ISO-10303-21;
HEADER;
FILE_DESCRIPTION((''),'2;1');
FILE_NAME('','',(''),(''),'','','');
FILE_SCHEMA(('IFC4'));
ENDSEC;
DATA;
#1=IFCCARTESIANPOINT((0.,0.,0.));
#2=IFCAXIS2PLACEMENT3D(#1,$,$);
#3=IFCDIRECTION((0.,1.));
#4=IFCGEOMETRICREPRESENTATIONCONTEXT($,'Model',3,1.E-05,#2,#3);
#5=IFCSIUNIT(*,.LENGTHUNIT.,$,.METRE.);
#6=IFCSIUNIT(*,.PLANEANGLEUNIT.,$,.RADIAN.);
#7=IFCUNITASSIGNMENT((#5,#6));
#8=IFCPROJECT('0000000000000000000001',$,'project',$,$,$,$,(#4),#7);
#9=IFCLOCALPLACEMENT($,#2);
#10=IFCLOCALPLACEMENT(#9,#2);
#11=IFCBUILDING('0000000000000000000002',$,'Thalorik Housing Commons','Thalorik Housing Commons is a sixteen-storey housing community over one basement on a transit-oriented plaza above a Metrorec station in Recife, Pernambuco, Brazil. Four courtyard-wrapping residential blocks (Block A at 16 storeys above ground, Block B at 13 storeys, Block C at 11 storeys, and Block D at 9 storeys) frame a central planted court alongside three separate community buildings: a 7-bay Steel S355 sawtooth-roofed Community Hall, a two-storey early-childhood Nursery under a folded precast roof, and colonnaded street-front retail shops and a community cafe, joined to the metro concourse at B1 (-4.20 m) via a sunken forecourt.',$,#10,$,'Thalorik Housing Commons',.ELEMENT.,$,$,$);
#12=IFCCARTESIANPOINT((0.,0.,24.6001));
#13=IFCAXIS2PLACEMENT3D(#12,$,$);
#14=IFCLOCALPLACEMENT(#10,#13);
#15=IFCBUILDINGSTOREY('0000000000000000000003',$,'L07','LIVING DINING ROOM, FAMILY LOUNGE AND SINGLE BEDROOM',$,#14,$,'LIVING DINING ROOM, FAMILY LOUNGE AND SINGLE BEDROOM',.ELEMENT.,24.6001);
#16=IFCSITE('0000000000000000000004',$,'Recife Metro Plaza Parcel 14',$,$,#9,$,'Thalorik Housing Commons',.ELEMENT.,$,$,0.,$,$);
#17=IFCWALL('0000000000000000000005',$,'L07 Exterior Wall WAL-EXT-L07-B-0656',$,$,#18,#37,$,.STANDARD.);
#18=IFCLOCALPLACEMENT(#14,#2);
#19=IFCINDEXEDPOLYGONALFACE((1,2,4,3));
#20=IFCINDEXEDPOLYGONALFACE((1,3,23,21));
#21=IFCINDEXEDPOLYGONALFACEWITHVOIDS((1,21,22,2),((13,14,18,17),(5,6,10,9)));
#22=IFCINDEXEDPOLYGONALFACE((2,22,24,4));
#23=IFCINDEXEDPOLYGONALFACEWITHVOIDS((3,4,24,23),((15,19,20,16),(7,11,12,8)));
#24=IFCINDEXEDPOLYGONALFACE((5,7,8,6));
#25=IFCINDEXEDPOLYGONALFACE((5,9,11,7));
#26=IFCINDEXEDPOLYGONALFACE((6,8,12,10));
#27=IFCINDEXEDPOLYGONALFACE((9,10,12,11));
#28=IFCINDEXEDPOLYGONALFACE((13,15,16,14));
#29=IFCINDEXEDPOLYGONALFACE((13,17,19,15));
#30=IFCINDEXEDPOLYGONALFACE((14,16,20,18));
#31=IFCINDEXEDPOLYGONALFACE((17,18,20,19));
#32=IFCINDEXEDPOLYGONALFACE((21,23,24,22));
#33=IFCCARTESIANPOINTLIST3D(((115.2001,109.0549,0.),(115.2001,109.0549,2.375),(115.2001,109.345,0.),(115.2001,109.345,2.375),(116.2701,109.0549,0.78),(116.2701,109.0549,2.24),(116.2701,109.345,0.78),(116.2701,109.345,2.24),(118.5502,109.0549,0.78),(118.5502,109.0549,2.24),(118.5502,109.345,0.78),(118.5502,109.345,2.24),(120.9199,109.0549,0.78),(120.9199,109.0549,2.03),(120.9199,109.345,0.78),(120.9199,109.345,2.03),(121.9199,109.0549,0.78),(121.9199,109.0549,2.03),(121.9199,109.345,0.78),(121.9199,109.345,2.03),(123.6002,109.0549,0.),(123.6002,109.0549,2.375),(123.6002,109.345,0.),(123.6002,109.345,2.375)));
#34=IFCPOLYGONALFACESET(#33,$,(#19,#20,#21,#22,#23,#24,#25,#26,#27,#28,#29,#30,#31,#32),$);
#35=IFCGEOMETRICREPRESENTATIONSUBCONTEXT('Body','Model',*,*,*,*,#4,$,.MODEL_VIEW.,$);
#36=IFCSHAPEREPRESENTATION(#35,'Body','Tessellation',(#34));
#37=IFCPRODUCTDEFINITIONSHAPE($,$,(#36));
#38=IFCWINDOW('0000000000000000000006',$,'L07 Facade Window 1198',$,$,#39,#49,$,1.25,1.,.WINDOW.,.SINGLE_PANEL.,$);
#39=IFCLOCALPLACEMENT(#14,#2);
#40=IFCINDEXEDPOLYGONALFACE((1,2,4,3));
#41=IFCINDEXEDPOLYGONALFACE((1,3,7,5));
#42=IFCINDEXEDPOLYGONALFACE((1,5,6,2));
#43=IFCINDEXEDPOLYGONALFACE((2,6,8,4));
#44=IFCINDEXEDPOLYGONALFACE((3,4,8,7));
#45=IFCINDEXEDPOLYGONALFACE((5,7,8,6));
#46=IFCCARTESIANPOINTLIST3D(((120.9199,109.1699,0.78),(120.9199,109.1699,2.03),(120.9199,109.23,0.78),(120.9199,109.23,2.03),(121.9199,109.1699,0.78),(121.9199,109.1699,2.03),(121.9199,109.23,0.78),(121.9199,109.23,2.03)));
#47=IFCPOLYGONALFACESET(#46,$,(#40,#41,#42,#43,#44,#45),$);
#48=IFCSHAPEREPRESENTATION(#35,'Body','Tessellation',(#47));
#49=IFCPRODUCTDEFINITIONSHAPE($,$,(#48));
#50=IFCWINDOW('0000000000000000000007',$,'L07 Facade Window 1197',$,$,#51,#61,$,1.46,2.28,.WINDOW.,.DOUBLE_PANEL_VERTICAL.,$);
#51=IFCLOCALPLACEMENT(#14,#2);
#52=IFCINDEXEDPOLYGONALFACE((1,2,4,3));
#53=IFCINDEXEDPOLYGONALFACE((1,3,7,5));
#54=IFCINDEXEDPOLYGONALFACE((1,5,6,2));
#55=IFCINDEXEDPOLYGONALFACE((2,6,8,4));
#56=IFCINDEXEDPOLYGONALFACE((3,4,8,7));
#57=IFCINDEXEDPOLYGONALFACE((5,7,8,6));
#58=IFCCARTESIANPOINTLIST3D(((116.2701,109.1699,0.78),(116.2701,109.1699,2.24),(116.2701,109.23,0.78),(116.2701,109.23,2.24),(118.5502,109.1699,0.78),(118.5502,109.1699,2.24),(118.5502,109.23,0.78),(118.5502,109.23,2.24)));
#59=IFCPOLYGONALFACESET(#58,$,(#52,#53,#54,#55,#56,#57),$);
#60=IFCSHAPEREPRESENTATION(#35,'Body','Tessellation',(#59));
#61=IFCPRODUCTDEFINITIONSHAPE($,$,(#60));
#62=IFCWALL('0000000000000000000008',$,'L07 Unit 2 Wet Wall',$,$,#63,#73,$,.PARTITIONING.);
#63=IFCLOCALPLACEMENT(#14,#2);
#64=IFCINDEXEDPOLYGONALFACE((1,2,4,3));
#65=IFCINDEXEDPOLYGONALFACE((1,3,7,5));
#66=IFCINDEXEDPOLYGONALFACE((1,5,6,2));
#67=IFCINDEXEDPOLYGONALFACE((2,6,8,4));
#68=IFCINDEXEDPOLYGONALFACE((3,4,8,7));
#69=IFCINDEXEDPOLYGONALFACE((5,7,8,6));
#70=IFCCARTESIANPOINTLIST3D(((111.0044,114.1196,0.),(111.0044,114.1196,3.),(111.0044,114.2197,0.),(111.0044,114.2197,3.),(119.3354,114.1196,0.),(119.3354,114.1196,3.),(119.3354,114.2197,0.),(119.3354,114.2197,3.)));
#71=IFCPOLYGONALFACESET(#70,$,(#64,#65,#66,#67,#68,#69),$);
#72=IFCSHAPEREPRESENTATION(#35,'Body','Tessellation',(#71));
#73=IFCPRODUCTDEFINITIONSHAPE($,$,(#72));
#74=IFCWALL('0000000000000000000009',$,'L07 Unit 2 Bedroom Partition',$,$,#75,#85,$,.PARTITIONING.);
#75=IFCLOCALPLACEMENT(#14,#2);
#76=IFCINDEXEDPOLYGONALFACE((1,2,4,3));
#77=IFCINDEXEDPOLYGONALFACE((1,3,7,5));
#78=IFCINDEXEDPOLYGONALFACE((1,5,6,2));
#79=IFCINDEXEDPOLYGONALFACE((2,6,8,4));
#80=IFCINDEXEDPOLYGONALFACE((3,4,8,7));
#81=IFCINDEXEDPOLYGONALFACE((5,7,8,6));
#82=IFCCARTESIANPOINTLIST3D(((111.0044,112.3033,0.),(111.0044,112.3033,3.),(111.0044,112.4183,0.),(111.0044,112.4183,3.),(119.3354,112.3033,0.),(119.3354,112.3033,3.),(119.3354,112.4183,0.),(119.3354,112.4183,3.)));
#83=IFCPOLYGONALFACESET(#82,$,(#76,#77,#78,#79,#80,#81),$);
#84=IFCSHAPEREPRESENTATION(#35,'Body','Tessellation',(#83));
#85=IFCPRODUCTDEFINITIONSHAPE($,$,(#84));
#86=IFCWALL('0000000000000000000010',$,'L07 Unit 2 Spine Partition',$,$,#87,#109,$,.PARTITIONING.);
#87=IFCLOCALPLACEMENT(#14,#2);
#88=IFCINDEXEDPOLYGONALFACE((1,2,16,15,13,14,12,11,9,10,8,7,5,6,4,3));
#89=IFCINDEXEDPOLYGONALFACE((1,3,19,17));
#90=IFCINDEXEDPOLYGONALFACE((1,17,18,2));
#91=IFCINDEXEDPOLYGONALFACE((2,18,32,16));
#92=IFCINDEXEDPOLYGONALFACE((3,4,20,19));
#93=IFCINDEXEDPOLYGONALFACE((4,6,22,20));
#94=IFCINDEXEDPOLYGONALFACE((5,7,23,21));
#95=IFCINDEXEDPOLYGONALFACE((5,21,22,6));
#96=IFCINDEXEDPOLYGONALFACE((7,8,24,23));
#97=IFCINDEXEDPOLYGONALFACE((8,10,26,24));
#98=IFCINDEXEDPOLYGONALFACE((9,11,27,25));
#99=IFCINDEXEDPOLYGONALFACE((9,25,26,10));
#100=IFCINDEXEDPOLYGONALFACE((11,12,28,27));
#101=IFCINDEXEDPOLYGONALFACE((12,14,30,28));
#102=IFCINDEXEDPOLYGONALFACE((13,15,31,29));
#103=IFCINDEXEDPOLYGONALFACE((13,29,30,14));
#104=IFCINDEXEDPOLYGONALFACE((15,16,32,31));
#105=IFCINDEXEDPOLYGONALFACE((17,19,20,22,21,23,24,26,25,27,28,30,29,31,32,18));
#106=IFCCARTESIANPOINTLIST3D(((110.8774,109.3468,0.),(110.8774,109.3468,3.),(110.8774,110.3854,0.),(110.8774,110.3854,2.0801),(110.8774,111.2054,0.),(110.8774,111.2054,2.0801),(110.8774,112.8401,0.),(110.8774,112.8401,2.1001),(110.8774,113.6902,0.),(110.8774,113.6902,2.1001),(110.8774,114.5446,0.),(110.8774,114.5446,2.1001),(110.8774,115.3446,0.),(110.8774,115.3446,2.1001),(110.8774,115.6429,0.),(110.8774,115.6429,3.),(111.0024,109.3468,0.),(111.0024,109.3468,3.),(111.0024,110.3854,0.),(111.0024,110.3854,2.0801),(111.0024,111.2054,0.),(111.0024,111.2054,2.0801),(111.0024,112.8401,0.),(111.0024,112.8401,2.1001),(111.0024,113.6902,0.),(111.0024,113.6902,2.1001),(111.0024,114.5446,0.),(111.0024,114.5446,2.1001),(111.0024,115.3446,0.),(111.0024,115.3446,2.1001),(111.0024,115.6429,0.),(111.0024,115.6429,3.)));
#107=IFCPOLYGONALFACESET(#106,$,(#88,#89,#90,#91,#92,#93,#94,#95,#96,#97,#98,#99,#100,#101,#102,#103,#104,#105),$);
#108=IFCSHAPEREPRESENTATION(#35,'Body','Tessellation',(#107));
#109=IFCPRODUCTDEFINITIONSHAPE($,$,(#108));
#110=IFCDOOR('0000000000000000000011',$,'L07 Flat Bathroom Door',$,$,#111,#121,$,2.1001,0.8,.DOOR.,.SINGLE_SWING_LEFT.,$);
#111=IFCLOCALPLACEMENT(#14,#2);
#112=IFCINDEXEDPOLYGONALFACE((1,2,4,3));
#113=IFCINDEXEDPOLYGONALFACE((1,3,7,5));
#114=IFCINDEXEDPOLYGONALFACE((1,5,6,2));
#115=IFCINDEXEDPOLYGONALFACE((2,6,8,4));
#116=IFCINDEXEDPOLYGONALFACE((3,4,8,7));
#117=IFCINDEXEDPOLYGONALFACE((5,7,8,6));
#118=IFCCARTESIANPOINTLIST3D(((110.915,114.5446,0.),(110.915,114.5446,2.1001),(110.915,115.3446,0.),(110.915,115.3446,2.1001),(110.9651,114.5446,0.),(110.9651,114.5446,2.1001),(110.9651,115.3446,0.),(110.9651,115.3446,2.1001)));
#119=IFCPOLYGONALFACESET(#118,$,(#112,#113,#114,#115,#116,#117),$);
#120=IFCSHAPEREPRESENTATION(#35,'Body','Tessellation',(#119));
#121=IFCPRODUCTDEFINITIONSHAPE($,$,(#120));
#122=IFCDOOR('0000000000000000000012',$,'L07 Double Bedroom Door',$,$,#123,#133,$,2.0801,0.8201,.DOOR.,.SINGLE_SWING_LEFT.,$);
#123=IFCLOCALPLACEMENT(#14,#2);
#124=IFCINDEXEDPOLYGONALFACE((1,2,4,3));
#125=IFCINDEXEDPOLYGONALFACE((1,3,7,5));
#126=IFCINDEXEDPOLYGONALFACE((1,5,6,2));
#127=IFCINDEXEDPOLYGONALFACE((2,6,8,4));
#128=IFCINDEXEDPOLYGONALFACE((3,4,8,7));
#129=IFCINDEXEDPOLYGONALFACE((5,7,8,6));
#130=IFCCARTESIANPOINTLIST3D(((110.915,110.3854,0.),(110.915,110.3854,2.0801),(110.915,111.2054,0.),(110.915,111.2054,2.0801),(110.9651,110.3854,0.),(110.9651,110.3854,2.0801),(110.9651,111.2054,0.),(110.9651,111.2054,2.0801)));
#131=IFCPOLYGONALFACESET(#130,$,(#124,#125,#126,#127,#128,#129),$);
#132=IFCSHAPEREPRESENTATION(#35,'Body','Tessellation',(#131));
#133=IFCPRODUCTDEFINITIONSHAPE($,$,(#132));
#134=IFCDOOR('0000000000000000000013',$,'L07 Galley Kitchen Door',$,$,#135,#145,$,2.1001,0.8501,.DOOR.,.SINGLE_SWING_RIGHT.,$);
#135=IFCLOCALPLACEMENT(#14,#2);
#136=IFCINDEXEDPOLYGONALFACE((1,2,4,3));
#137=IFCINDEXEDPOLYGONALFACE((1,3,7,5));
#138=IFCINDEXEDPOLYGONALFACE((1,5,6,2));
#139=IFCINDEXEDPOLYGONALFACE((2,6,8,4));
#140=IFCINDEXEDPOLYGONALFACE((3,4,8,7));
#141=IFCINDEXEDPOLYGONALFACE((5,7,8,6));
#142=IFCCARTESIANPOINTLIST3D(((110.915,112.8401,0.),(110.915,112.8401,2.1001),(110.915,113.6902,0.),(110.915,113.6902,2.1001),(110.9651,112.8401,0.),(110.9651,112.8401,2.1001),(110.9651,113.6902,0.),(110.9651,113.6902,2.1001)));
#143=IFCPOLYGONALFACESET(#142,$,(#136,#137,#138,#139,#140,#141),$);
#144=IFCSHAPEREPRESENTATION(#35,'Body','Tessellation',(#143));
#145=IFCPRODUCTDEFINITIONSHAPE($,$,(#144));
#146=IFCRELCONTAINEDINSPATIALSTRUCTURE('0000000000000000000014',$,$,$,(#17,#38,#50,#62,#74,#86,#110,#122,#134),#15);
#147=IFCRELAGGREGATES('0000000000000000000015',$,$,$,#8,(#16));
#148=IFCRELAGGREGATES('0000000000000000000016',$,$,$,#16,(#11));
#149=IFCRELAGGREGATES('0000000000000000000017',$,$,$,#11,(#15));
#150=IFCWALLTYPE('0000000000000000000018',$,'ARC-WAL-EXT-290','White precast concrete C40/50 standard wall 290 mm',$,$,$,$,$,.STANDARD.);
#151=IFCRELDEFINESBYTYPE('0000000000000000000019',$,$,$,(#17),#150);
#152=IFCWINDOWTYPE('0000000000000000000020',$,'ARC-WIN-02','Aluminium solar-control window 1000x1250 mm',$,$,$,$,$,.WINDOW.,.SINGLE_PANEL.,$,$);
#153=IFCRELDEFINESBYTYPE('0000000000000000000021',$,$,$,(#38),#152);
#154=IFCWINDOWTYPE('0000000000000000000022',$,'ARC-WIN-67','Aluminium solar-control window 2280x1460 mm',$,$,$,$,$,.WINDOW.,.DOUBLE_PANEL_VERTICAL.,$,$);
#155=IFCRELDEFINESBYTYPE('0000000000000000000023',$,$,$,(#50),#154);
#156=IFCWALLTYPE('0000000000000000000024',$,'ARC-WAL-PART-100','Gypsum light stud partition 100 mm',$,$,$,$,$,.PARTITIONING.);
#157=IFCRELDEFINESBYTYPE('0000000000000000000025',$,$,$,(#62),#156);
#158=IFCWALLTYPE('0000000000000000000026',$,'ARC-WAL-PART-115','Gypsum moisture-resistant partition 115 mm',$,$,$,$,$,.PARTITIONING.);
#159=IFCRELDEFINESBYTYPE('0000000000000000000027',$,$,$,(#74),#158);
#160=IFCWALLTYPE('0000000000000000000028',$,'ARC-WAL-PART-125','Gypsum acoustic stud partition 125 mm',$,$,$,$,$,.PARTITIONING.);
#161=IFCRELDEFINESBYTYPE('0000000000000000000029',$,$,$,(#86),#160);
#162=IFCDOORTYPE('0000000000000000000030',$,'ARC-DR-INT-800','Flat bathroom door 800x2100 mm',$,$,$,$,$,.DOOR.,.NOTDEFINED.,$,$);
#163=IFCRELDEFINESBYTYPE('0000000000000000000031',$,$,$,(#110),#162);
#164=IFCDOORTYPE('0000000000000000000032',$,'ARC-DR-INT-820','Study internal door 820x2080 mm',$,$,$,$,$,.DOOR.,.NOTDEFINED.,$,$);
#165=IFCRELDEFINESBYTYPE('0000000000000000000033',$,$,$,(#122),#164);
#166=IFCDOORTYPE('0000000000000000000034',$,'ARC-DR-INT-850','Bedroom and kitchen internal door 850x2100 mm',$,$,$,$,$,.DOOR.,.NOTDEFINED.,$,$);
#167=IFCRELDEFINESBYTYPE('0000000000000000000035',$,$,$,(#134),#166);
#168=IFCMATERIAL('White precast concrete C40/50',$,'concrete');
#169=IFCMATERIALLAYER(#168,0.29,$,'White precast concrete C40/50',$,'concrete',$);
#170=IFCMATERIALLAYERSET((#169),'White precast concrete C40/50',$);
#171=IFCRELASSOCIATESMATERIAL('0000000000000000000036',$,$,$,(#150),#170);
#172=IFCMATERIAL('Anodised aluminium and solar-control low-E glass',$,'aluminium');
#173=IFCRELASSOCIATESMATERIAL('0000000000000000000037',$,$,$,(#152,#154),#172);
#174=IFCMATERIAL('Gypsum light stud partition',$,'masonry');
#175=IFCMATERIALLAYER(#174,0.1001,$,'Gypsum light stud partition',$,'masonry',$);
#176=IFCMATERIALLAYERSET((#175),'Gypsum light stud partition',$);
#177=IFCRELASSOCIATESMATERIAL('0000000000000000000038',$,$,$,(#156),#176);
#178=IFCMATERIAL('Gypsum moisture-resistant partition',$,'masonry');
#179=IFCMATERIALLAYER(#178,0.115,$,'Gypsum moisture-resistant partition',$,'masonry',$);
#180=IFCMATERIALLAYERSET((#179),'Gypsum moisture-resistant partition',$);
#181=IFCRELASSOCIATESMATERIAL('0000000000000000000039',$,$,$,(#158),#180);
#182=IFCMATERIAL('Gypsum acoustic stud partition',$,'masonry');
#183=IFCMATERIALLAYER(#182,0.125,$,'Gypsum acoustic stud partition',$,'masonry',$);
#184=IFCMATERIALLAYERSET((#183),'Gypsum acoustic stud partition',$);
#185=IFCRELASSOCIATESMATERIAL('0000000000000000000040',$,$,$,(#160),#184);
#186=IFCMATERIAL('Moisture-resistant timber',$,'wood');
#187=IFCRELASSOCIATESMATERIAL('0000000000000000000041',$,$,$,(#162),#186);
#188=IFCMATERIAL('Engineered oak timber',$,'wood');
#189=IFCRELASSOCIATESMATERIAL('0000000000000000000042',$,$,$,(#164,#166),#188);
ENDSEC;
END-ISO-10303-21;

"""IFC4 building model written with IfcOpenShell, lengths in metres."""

from ifc_helpers import new_model, si_unit, direction, frame, frame_2d, origin, place, context, subcontext, project, spatial, rectangle, extrude, material, layer, layer_set, type_object, element, fill, save


model = new_model("IFC4")

# Units and contexts
model_context = context("Model", 3, precision=1e-05, world=origin(), true_north=direction((0.0, 1.0)))
body_context = subcontext(model_context, "Body", "Model", "MODEL_VIEW")
ifc_project = project(units=[si_unit("LENGTHUNIT", "METRE"), si_unit("PLANEANGLEUNIT", "RADIAN")], contexts=[model_context])

# Site, building, storey
site_placement = place(None, origin())
site = spatial("IfcSite", under=ifc_project, at=site_placement, Name="Recife Metro Plaza Parcel 14", LongName="Thalorik Housing Commons", CompositionType="ELEMENT", RefElevation=0.0)
building_placement = place(site_placement, origin())
building = spatial("IfcBuilding", under=site, at=building_placement, Name="Thalorik Housing Commons", Description="Thalorik Housing Commons is a sixteen-storey housing community over one basement on a transit-oriented plaza above a Metrorec station in Recife, Pernambuco, Brazil. Four courtyard-wrapping residential blocks (Block A at 16 storeys above ground, Block B at 13 storeys, Block C at 11 storeys, and Block D at 9 storeys) frame a central planted court alongside three separate community buildings: a 7-bay Steel S355 sawtooth-roofed Community Hall, a two-storey early-childhood Nursery under a folded precast roof, and colonnaded street-front retail shops and a community cafe, joined to the metro concourse at B1 (-4.20 m) via a sunken forecourt.", LongName="Thalorik Housing Commons", CompositionType="ELEMENT")
storey_placement = place(building_placement, frame((0.0, 0.0, 24.6001)))
storey = spatial("IfcBuildingStorey", under=building, at=storey_placement, Name="L07", Description="LIVING DINING ROOM, FAMILY LOUNGE AND SINGLE BEDROOM", LongName="LIVING DINING ROOM, FAMILY LOUNGE AND SINGLE BEDROOM", CompositionType="ELEMENT", Elevation=24.6001)

# Wall, openings, windows
ifc_material_1 = material(Name="White precast concrete C40/50", Category="concrete")
ifc_layer_1 = layer(ifc_material_1, 0.29, Name="White precast concrete C40/50", Category="concrete")
ifc_layer_set_1 = layer_set([ifc_layer_1], Name="White precast concrete C40/50")
wall_type_1 = type_object("IfcWallType", Name="ARC-WAL-EXT-290", Description="White precast concrete C40/50 standard wall 290 mm", PredefinedType="STANDARD", material=ifc_layer_set_1)
ifc_material_2 = material(Name="Anodised aluminium and solar-control low-E glass", Category="aluminium")
wall_1_placement = place(storey_placement, frame((115.2, 109.2, 0.0), z_axis=(0.0, 0.0, 1.0), x_axis=(1.0, 0.0, 0.0)))
wall_1 = element("IfcWall", 1, at=wall_1_placement, inside=storey, type_object=wall_type_1, Name="L07 Exterior Wall WAL-EXT-L07-B-0656", PredefinedType="STANDARD", context=body_context, shape_type="SweptSolid", body=[
    extrude(rectangle(XDim=8.4001, YDim=0.29, at=frame_2d((4.2002, 0.0))), origin(), (0.0, 0.0, 1.0), 2.375),
])
opening_1_placement = place(wall_1_placement, frame((1.0701, 0.0, 0.78)))
opening_1 = element("IfcOpeningElement", 2, at=opening_1_placement, cuts=wall_1, PredefinedType="OPENING", context=body_context, shape_type="SweptSolid", body=[
    extrude(rectangle(XDim=2.28, YDim=1.46, at=frame_2d((1.1401, 0.73))), frame((0.0, 0.155, 0.0), z_axis=(0.0, -1.0, 0.0), x_axis=(1.0, 0.0, 0.0)), (0.0, 0.0, 1.0), 0.3101),
])
opening_2_placement = place(wall_1_placement, frame((5.72, 0.0, 0.78)))
opening_2 = element("IfcOpeningElement", 3, at=opening_2_placement, cuts=wall_1, PredefinedType="OPENING", context=body_context, shape_type="SweptSolid", body=[
    extrude(rectangle(XDim=1.0, YDim=1.25, at=frame_2d((0.5, 0.625))), frame((0.0, 0.155, 0.0), z_axis=(0.0, -1.0, 0.0), x_axis=(1.0, 0.0, 0.0)), (0.0, 0.0, 1.0), 0.3101),
])
window_type_1 = type_object("IfcWindowType", Name="ARC-WIN-02", Description="Aluminium solar-control window 1000x1250 mm", PartitioningType="SINGLE_PANEL", PredefinedType="WINDOW", material=ifc_material_2)
window_1_placement = place(opening_2_placement, origin())
window_1 = element("IfcWindow", 4, at=window_1_placement, inside=storey, type_object=window_type_1, Name="L07 Facade Window 1198", OverallHeight=1.25, OverallWidth=1.0, PartitioningType="SINGLE_PANEL", PredefinedType="WINDOW", context=body_context, shape_type="SweptSolid", body=[
    extrude(rectangle(XDim=1.0, YDim=1.25, at=frame_2d((0.5, 0.625))), frame((0.0, 0.03, 0.0), z_axis=(0.0, -1.0, 0.0), x_axis=(1.0, 0.0, 0.0)), (0.0, 0.0, 1.0), 0.0601),
])
fill(opening_2, window_1)
window_type_2 = type_object("IfcWindowType", Name="ARC-WIN-67", Description="Aluminium solar-control window 2280x1460 mm", PartitioningType="DOUBLE_PANEL_VERTICAL", PredefinedType="WINDOW", material=ifc_material_2)
window_2_placement = place(opening_1_placement, origin())
window_2 = element("IfcWindow", 5, at=window_2_placement, inside=storey, type_object=window_type_2, Name="L07 Facade Window 1197", OverallHeight=1.46, OverallWidth=2.28, PartitioningType="DOUBLE_PANEL_VERTICAL", PredefinedType="WINDOW", context=body_context, shape_type="SweptSolid", body=[
    extrude(rectangle(XDim=2.28, YDim=1.46, at=frame_2d((1.1401, 0.73))), frame((0.0, 0.03, 0.0), z_axis=(0.0, -1.0, 0.0), x_axis=(1.0, 0.0, 0.0)), (0.0, 0.0, 1.0), 0.0601),
])
fill(opening_1, window_2)

# Walls
ifc_material_3 = material(Name="Gypsum light stud partition", Category="masonry")
ifc_layer_2 = layer(ifc_material_3, 0.1001, Name="Gypsum light stud partition", Category="masonry")
ifc_layer_set_2 = layer_set([ifc_layer_2], Name="Gypsum light stud partition")
wall_type_2 = type_object("IfcWallType", Name="ARC-WAL-PART-100", Description="Gypsum light stud partition 100 mm", PredefinedType="PARTITIONING", material=ifc_layer_set_2)
wall_2_placement = place(storey_placement, frame((111.0044, 114.1697, 0.0), z_axis=(0.0, 0.0, 1.0), x_axis=(1.0, 0.0, 0.0)))
element("IfcWall", 6, at=wall_2_placement, inside=storey, type_object=wall_type_2, Name="L07 Unit 2 Wet Wall", PredefinedType="PARTITIONING", context=body_context, shape_type="SweptSolid", body=[
    extrude(rectangle(XDim=8.3311, YDim=0.1001, at=frame_2d((4.1655, 0.0))), origin(), (0.0, 0.0, 1.0), 3.0),
])
ifc_material_4 = material(Name="Gypsum moisture-resistant partition", Category="masonry")
ifc_layer_3 = layer(ifc_material_4, 0.115, Name="Gypsum moisture-resistant partition", Category="masonry")
ifc_layer_set_3 = layer_set([ifc_layer_3], Name="Gypsum moisture-resistant partition")
wall_type_3 = type_object("IfcWallType", Name="ARC-WAL-PART-115", Description="Gypsum moisture-resistant partition 115 mm", PredefinedType="PARTITIONING", material=ifc_layer_set_3)
wall_3_placement = place(storey_placement, frame((111.0044, 112.3608, 0.0), z_axis=(0.0, 0.0, 1.0), x_axis=(1.0, 0.0, 0.0)))
element("IfcWall", 7, at=wall_3_placement, inside=storey, type_object=wall_type_3, Name="L07 Unit 2 Bedroom Partition", PredefinedType="PARTITIONING", context=body_context, shape_type="SweptSolid", body=[
    extrude(rectangle(XDim=8.3311, YDim=0.115, at=frame_2d((4.1655, 0.0))), origin(), (0.0, 0.0, 1.0), 3.0),
])

# Wall, openings, doors
ifc_material_5 = material(Name="Gypsum acoustic stud partition", Category="masonry")
ifc_layer_4 = layer(ifc_material_5, 0.125, Name="Gypsum acoustic stud partition", Category="masonry")
ifc_layer_set_4 = layer_set([ifc_layer_4], Name="Gypsum acoustic stud partition")
wall_type_4 = type_object("IfcWallType", Name="ARC-WAL-PART-125", Description="Gypsum acoustic stud partition 125 mm", PredefinedType="PARTITIONING", material=ifc_layer_set_4)
wall_4_placement = place(storey_placement, frame((110.9399, 109.3469, 0.0), z_axis=(0.0, 0.0, 1.0), x_axis=(0.0, 1.0, 0.0)))
wall_4 = element("IfcWall", 8, at=wall_4_placement, inside=storey, type_object=wall_type_4, Name="L07 Unit 2 Spine Partition", PredefinedType="PARTITIONING", context=body_context, shape_type="SweptSolid", body=[
    extrude(rectangle(XDim=6.2961, YDim=0.125, at=frame_2d((3.1479, 0.0))), origin(), (0.0, 0.0, 1.0), 3.0),
])
opening_3_placement = place(wall_4_placement, frame((1.0383, 0.0, 0.0)))
opening_3 = element("IfcOpeningElement", 9, at=opening_3_placement, cuts=wall_4, PredefinedType="OPENING", context=body_context, shape_type="SweptSolid", body=[
    extrude(rectangle(XDim=0.8201, YDim=2.0801, at=frame_2d((0.4102, 1.04))), frame((0.0, 0.0725, 0.0), z_axis=(0.0, -1.0, 0.0), x_axis=(1.0, 0.0, 0.0)), (0.0, 0.0, 1.0), 0.145),
])
opening_4_placement = place(wall_4_placement, frame((3.4932, 0.0, 0.0)))
opening_4 = element("IfcOpeningElement", 10, at=opening_4_placement, cuts=wall_4, PredefinedType="OPENING", context=body_context, shape_type="SweptSolid", body=[
    extrude(rectangle(XDim=0.8501, YDim=2.1001, at=frame_2d((0.425, 1.05))), frame((0.0, 0.0725, 0.0), z_axis=(0.0, -1.0, 0.0), x_axis=(1.0, 0.0, 0.0)), (0.0, 0.0, 1.0), 0.145),
])
opening_5_placement = place(wall_4_placement, frame((5.1978, 0.0, 0.0)))
opening_5 = element("IfcOpeningElement", 11, at=opening_5_placement, cuts=wall_4, PredefinedType="OPENING", context=body_context, shape_type="SweptSolid", body=[
    extrude(rectangle(XDim=0.8, YDim=2.1001, at=frame_2d((0.3999, 1.05))), frame((0.0, 0.0725, 0.0), z_axis=(0.0, -1.0, 0.0), x_axis=(1.0, 0.0, 0.0)), (0.0, 0.0, 1.0), 0.145),
])
ifc_material_6 = material(Name="Moisture-resistant timber", Category="wood")
door_type_1 = type_object("IfcDoorType", Name="ARC-DR-INT-800", Description="Flat bathroom door 800x2100 mm", OperationType="NOTDEFINED", PredefinedType="DOOR", material=ifc_material_6)
door_1_placement = place(opening_5_placement, origin())
door_1 = element("IfcDoor", 12, at=door_1_placement, inside=storey, type_object=door_type_1, Name="L07 Flat Bathroom Door", OperationType="SINGLE_SWING_LEFT", OverallHeight=2.1001, OverallWidth=0.8, PredefinedType="DOOR", context=body_context, shape_type="SweptSolid", body=[
    extrude(rectangle(XDim=0.8, YDim=2.1001, at=frame_2d((0.3999, 1.05))), frame((0.0, 0.0249, 0.0), z_axis=(0.0, -1.0, 0.0), x_axis=(1.0, 0.0, 0.0)), (0.0, 0.0, 1.0), 0.05),
])
fill(opening_5, door_1)
ifc_material_7 = material(Name="Engineered oak timber", Category="wood")
door_type_2 = type_object("IfcDoorType", Name="ARC-DR-INT-820", Description="Study internal door 820x2080 mm", OperationType="NOTDEFINED", PredefinedType="DOOR", material=ifc_material_7)
door_2_placement = place(opening_3_placement, origin())
door_2 = element("IfcDoor", 13, at=door_2_placement, inside=storey, type_object=door_type_2, Name="L07 Double Bedroom Door", OperationType="SINGLE_SWING_LEFT", OverallHeight=2.0801, OverallWidth=0.8201, PredefinedType="DOOR", context=body_context, shape_type="SweptSolid", body=[
    extrude(rectangle(XDim=0.8201, YDim=2.0801, at=frame_2d((0.4102, 1.04))), frame((0.0, 0.0249, 0.0), z_axis=(0.0, -1.0, 0.0), x_axis=(1.0, 0.0, 0.0)), (0.0, 0.0, 1.0), 0.05),
])
fill(opening_3, door_2)
door_type_3 = type_object("IfcDoorType", Name="ARC-DR-INT-850", Description="Bedroom and kitchen internal door 850x2100 mm", OperationType="NOTDEFINED", PredefinedType="DOOR", material=ifc_material_7)
door_3_placement = place(opening_4_placement, origin())
door_3 = element("IfcDoor", 14, at=door_3_placement, inside=storey, type_object=door_type_3, Name="L07 Galley Kitchen Door", OperationType="SINGLE_SWING_RIGHT", OverallHeight=2.1001, OverallWidth=0.8501, PredefinedType="DOOR", context=body_context, shape_type="SweptSolid", body=[
    extrude(rectangle(XDim=0.8501, YDim=2.1001, at=frame_2d((0.425, 1.05))), frame((0.0, 0.0249, 0.0), z_axis=(0.0, -1.0, 0.0), x_axis=(1.0, 0.0, 0.0)), (0.0, 0.0, 1.0), 0.05),
])
fill(opening_4, door_3)

save(model, "model.ifc")
